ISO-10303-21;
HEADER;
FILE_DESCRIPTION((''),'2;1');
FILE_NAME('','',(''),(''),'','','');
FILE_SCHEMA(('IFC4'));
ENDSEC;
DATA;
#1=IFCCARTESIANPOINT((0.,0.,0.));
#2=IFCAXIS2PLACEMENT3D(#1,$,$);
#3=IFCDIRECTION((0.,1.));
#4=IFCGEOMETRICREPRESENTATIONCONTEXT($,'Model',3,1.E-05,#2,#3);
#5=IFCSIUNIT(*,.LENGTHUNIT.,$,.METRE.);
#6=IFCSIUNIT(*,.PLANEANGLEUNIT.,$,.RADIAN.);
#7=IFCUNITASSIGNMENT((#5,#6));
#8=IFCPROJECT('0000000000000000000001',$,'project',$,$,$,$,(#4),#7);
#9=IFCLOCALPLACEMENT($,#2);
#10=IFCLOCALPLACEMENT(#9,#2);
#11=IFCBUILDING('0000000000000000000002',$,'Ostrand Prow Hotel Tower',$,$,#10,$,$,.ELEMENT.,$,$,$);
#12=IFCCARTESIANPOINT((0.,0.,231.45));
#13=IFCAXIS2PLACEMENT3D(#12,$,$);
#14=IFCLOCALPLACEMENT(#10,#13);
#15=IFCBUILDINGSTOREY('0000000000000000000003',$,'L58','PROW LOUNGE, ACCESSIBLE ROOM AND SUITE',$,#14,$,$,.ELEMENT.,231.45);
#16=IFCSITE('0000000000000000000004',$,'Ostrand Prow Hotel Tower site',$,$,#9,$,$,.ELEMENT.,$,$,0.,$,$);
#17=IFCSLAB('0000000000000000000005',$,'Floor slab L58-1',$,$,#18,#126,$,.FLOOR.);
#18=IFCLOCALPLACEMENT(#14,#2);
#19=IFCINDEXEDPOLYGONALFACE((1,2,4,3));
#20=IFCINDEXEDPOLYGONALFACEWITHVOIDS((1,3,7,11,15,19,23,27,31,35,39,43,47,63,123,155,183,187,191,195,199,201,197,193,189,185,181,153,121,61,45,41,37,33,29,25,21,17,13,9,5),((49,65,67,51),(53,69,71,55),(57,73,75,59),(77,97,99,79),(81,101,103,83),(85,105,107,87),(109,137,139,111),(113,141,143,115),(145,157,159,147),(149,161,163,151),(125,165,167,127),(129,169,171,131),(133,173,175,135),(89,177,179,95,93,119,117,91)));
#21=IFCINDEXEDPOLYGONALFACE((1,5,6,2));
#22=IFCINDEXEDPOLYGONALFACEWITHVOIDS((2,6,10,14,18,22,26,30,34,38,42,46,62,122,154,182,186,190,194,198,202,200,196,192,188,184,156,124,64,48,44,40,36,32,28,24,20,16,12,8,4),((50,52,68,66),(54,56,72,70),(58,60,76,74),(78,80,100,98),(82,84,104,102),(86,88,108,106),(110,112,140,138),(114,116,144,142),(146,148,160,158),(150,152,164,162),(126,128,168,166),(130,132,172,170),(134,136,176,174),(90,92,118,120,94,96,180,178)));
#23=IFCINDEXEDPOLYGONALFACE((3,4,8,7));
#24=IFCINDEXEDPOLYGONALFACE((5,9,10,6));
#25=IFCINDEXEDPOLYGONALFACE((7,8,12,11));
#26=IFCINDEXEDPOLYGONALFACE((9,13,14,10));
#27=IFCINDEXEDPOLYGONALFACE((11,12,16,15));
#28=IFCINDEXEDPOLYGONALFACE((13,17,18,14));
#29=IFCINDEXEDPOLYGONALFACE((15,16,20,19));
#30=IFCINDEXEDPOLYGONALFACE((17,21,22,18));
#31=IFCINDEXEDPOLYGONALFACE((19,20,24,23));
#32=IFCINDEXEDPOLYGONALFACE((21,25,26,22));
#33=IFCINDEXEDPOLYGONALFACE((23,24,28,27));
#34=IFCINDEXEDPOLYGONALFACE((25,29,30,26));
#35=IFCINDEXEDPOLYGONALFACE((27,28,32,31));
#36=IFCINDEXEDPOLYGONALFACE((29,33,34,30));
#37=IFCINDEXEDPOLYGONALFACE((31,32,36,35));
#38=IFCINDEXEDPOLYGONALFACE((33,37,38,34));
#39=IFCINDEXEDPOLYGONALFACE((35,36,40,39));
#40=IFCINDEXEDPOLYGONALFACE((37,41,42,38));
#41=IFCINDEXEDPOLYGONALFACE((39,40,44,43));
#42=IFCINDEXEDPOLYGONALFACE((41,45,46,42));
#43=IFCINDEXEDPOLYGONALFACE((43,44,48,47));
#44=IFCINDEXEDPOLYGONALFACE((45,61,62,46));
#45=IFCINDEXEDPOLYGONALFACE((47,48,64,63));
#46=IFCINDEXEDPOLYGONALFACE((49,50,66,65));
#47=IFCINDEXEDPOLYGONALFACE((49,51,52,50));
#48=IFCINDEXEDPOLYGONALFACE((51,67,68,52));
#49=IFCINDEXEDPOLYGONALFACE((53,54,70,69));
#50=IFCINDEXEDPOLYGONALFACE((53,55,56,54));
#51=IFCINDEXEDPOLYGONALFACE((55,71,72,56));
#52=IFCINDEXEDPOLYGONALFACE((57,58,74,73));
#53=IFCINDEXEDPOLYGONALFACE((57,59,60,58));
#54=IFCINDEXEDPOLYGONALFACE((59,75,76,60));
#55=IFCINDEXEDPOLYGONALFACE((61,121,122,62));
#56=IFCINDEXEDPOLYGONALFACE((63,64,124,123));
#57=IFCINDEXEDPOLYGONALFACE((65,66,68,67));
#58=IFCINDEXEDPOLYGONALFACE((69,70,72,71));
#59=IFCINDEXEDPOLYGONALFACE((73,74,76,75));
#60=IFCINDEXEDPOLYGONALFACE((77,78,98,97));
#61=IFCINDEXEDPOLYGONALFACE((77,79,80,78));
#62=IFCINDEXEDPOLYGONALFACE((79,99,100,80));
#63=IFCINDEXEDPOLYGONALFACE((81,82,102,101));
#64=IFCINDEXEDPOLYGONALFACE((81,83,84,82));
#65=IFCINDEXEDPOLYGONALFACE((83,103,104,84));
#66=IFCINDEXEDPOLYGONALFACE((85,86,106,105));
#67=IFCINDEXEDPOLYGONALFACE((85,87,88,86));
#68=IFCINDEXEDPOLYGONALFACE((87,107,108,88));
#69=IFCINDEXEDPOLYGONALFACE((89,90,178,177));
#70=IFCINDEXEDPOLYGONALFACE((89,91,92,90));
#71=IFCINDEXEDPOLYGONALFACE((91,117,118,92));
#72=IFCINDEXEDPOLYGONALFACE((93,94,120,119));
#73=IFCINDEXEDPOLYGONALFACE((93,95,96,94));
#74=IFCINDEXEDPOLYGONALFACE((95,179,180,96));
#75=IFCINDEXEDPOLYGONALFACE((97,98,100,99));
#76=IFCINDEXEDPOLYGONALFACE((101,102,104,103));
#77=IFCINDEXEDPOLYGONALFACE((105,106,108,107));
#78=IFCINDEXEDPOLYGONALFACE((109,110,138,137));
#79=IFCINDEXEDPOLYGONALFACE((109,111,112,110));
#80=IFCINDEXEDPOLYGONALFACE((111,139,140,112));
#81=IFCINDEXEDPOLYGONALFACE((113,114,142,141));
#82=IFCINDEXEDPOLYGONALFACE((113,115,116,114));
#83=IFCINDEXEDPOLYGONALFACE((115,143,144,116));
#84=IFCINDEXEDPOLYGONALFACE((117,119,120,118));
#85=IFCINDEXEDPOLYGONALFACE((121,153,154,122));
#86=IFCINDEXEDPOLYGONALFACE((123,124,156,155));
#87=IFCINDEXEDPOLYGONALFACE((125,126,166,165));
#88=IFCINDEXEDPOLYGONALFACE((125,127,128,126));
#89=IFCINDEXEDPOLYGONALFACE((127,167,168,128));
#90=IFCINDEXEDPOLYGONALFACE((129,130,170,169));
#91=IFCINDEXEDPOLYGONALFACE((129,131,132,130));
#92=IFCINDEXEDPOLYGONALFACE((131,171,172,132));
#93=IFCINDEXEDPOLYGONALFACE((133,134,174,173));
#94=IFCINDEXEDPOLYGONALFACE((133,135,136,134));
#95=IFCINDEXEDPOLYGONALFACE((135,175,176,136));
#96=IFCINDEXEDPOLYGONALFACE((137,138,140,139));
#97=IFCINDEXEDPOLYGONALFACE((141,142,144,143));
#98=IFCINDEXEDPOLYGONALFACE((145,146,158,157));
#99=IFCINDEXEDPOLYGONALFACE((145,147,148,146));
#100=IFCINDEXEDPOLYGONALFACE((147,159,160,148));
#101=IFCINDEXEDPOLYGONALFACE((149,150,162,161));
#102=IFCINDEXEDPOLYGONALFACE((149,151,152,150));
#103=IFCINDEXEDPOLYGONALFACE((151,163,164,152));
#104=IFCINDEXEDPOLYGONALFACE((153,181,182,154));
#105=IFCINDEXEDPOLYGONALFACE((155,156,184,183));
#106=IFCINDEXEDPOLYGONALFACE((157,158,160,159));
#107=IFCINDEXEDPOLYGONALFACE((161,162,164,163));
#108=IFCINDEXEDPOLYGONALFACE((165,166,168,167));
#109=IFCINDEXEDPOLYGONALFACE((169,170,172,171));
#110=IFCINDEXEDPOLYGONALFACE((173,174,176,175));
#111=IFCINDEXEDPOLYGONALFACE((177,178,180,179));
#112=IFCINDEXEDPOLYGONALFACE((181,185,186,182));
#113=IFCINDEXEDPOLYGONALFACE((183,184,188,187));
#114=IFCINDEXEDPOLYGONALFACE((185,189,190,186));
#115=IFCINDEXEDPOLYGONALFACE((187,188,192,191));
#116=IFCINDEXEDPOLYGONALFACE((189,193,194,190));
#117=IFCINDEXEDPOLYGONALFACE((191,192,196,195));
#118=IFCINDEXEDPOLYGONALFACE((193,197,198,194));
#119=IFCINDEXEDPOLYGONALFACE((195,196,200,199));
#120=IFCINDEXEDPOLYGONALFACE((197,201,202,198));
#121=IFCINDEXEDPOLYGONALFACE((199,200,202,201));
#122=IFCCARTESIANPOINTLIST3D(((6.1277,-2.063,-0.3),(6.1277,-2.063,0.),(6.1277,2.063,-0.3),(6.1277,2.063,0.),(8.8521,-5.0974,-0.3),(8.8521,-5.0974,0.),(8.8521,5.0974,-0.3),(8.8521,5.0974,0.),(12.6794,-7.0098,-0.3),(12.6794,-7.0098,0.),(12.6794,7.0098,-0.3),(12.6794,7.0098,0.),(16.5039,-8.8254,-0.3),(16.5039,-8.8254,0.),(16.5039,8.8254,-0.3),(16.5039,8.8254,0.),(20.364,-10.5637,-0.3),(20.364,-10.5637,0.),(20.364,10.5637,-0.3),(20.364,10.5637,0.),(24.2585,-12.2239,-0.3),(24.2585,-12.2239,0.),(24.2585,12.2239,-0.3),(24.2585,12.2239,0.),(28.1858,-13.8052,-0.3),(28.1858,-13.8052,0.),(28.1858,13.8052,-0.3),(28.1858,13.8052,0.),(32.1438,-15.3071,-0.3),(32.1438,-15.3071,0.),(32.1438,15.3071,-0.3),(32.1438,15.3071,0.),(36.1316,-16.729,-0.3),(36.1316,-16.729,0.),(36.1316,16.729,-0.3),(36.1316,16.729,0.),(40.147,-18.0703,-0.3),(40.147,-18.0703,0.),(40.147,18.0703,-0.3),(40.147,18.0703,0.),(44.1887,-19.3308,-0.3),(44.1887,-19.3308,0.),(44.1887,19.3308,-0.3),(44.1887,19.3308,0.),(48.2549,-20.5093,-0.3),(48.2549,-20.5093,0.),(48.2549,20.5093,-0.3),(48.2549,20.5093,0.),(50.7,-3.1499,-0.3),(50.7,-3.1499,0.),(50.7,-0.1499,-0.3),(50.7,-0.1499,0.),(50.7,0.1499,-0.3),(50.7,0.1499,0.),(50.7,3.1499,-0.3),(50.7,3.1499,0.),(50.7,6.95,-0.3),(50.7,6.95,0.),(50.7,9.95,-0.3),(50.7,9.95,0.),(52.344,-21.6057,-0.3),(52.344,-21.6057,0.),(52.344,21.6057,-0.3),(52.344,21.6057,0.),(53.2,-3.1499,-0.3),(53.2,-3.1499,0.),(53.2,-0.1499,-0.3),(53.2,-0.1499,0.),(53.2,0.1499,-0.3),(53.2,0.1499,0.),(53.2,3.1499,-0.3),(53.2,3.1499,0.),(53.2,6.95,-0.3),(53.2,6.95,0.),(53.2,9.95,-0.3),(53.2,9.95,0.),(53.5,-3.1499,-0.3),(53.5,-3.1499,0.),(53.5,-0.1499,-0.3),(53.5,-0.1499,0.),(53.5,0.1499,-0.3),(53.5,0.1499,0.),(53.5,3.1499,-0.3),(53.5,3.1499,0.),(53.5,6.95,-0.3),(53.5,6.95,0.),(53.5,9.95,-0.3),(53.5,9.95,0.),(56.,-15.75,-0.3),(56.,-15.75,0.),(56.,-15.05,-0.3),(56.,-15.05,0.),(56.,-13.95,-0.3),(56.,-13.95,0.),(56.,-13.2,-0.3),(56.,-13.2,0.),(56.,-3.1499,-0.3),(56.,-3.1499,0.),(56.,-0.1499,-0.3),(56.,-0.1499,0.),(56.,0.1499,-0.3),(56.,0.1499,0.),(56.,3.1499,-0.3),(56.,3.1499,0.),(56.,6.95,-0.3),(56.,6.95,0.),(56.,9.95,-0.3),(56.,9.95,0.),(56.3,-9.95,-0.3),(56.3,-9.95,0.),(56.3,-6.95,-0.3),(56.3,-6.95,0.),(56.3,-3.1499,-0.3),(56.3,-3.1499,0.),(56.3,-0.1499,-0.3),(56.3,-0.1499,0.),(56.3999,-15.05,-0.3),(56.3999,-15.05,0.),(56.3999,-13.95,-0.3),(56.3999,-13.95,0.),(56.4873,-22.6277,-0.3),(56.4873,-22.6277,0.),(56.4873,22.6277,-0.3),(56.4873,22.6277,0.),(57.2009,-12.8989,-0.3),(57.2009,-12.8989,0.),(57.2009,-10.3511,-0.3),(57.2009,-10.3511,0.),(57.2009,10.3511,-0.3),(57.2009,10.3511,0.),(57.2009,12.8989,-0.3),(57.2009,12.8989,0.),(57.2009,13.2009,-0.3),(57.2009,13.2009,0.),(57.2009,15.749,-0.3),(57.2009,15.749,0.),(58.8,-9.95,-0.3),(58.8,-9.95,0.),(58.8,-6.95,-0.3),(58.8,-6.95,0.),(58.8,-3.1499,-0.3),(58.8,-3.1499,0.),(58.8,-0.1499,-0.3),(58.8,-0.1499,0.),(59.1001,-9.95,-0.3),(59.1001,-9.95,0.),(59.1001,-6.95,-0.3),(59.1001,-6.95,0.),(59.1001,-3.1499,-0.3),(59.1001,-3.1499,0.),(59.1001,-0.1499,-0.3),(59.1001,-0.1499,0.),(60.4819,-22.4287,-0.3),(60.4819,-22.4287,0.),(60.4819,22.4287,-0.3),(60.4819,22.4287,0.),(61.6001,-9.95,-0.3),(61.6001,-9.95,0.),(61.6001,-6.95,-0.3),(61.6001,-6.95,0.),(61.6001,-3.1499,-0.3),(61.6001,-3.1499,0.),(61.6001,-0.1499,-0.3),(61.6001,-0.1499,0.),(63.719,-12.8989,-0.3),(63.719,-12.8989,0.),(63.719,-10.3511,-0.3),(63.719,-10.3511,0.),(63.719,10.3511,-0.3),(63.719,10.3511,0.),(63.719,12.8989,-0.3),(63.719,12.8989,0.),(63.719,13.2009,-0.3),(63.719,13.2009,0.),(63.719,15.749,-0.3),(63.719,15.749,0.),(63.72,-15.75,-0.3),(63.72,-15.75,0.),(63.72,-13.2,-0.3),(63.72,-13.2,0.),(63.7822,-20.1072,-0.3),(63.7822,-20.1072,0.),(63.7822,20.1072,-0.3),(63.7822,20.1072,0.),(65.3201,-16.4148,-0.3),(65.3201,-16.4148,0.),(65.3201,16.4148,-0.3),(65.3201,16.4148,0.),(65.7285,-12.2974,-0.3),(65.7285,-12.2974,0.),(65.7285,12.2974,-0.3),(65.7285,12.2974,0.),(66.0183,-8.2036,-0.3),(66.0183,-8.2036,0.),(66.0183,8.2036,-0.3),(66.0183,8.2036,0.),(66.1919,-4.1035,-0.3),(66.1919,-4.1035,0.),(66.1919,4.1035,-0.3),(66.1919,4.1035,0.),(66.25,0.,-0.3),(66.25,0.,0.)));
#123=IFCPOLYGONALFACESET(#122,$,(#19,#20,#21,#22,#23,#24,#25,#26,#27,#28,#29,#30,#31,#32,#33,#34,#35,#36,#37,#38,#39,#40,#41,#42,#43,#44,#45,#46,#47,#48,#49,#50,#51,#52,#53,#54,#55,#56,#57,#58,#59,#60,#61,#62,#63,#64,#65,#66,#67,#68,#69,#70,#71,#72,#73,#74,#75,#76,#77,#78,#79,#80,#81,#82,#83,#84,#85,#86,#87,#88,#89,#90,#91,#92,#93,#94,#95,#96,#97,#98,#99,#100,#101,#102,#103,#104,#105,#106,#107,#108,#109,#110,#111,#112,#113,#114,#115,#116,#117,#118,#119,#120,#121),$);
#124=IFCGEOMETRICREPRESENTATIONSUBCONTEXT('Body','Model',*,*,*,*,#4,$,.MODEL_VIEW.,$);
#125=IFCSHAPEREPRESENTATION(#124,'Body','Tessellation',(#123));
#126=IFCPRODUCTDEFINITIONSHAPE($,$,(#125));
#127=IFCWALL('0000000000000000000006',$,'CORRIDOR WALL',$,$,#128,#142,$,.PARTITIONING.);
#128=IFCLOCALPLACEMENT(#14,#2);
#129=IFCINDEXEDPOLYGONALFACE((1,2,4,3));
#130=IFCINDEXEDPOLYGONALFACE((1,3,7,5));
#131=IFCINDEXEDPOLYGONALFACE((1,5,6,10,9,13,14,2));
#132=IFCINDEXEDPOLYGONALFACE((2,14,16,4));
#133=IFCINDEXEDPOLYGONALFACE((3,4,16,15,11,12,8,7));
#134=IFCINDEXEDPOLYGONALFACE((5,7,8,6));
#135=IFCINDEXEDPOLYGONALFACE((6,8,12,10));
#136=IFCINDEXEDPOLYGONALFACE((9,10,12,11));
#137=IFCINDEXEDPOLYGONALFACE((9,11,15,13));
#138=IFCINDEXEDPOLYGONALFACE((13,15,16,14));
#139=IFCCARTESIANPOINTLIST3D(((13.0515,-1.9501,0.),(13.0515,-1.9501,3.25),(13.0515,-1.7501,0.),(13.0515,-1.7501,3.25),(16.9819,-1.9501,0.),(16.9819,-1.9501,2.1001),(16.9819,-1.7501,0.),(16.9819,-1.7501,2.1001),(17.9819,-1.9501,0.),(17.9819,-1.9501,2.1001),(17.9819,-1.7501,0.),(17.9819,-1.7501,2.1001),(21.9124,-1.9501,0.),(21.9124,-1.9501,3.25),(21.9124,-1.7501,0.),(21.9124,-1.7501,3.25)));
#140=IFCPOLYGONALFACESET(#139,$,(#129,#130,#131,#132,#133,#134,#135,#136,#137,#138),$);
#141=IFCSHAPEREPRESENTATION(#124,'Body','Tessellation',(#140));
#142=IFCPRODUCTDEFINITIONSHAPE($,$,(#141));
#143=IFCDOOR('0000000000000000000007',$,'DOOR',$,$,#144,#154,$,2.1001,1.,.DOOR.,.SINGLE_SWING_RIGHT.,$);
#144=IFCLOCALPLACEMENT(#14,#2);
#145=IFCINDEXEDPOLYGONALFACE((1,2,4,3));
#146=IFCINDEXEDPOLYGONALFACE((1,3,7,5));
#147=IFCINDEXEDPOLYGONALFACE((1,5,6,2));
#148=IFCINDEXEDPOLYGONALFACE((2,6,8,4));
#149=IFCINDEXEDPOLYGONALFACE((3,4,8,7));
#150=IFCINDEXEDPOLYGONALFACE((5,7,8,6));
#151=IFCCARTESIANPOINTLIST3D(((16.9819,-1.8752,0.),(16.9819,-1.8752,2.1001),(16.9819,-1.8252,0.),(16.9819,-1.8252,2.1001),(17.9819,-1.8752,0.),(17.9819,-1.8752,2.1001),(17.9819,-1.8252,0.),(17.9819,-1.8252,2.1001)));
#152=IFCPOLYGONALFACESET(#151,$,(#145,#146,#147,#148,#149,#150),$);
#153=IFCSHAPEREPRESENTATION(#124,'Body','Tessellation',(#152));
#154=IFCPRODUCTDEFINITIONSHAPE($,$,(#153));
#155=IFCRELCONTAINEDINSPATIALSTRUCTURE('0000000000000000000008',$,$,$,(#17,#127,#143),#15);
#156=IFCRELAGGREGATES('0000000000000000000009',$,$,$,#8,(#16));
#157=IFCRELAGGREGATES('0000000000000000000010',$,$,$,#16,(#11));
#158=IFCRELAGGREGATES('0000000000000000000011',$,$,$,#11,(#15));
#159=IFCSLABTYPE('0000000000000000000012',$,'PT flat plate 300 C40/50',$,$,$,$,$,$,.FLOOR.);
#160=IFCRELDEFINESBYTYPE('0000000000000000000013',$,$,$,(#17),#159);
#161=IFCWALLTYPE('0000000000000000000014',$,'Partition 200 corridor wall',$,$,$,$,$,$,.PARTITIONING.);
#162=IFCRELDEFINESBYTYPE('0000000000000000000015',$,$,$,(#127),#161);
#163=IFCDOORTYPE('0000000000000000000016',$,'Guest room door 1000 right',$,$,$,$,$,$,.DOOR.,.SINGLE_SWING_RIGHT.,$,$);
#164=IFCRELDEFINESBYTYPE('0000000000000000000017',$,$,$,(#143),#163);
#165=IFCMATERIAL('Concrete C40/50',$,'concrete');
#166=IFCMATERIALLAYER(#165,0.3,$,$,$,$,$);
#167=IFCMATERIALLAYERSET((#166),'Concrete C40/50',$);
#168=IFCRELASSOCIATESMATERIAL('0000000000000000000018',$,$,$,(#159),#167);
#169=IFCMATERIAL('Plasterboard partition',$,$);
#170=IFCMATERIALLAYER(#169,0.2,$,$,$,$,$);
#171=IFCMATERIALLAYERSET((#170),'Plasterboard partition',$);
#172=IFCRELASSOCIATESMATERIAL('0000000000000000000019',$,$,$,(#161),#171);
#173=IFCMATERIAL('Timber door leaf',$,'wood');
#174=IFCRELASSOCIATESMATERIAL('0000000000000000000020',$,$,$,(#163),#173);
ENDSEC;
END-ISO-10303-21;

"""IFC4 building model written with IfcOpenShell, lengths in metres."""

from ifc_helpers import new_model, si_unit, direction, frame, frame_2d, origin, place, context, subcontext, project, spatial, polyline, rectangle, outline, extrude, material, layer, layer_set, type_object, element, fill, save


model = new_model("IFC4")

# Units and contexts
model_context = context("Model", 3, precision=1e-05, world=origin(), true_north=direction((0.0, 1.0)))
body_context = subcontext(model_context, "Body", "Model", "MODEL_VIEW")
ifc_project = project(units=[si_unit("LENGTHUNIT", "METRE"), si_unit("PLANEANGLEUNIT", "RADIAN")], contexts=[model_context])

# Site, building, storey
site_placement = place(None, origin())
site = spatial("IfcSite", under=ifc_project, at=site_placement, Name="Ostrand Prow Hotel Tower site", CompositionType="ELEMENT", RefElevation=0.0)
building_placement = place(site_placement, origin())
building = spatial("IfcBuilding", under=site, at=building_placement, Name="Ostrand Prow Hotel Tower", CompositionType="ELEMENT")
storey_placement = place(building_placement, frame((0.0, 0.0, 231.45)))
storey = spatial("IfcBuildingStorey", under=building, at=storey_placement, Name="L58", Description="PROW LOUNGE, ACCESSIBLE ROOM AND SUITE", CompositionType="ELEMENT", Elevation=231.45)

# Slab, opening
ifc_material_1 = material(Name="Concrete C40/50", Category="concrete")
ifc_layer_1 = layer(ifc_material_1, 0.3)
ifc_layer_set_1 = layer_set([ifc_layer_1], Name="Concrete C40/50")
slab_type = type_object("IfcSlabType", Name="PT flat plate 300 C40/50", PredefinedType="FLOOR", material=ifc_layer_set_1)
slab_placement = place(storey_placement, frame((0.0, 0.0, -0.3)))
slab = element("IfcSlab", 1, at=slab_placement, inside=storey, type_object=slab_type, Name="Floor slab L58-1", PredefinedType="FLOOR", context=body_context, shape_type="SweptSolid", body=[
    extrude(outline(polyline([(8.8521, 5.0974), (12.6794, 7.0098), (16.5039, 8.8254), (20.364, 10.5637), (24.2585, 12.2239), (28.1858, 13.8052), (32.1438, 15.3071), (36.1316, 16.729), (40.147, 18.0703), (44.1887, 19.3308), (48.2549, 20.5093), (52.344, 21.6057), (56.4873, 22.6277), (60.4819, 22.4287), (63.7822, 20.1072), (65.3201, 16.4148), (65.7285, 12.2974), (66.0183, 8.2036), (66.1919, 4.1035), (66.25, 0.0), (66.1919, -4.1035), (66.0183, -8.2036), (65.7285, -12.2974), (65.3201, -16.4148), (63.7822, -20.1072), (60.4819, -22.4287), (56.4873, -22.6277), (52.344, -21.6057), (48.2549, -20.5093), (44.1887, -19.3308), (40.147, -18.0703), (36.1316, -16.729), (32.1438, -15.3071), (28.1858, -13.8052), (24.2585, -12.2239), (20.364, -10.5637), (16.5039, -8.8254), (12.6794, -7.0098), (8.8521, -5.0974), (6.1277, -2.063), (6.1277, 2.063), (8.8521, 5.0974)]), holes=[polyline([(50.7, 6.95), (53.2, 6.95), (53.2, 9.95), (50.7, 9.95), (50.7, 6.95)]), polyline([(53.5, 6.95), (56.0, 6.95), (56.0, 9.95), (53.5, 9.95), (53.5, 6.95)]), polyline([(50.7, 0.1499), (53.2, 0.1499), (53.2, 3.1499), (50.7, 3.1499), (50.7, 0.1499)]), polyline([(53.5, 0.1499), (56.0, 0.1499), (56.0, 3.1499), (53.5, 3.1499), (53.5, 0.1499)]), polyline([(50.7, -3.1499), (53.2, -3.1499), (53.2, -0.1499), (50.7, -0.1499), (50.7, -3.1499)]), polyline([(53.5, -3.1499), (56.0, -3.1499), (56.0, -0.1499), (53.5, -0.1499), (53.5, -3.1499)]), polyline([(56.3, -3.1499), (58.8, -3.1499), (58.8, -0.1499), (56.3, -0.1499), (56.3, -3.1499)]), polyline([(59.1001, -3.1499), (61.6001, -3.1499), (61.6001, -0.1499), (59.1001, -0.1499), (59.1001, -3.1499)]), polyline([(56.3, -9.95), (58.8, -9.95), (58.8, -6.95), (56.3, -6.95), (56.3, -9.95)]), polyline([(59.1001, -9.95), (61.6001, -9.95), (61.6001, -6.95), (59.1001, -6.95), (59.1001, -9.95)]), polyline([(57.2009, 10.3511), (57.2009, 12.8989), (63.719, 12.8989), (63.719, 10.3511), (57.2009, 10.3511)]), polyline([(57.2009, 13.2009), (57.2009, 15.749), (63.719, 15.749), (63.719, 13.2009), (57.2009, 13.2009)]), polyline([(57.2009, -12.8989), (57.2009, -10.3511), (63.719, -10.3511), (63.719, -12.8989), (57.2009, -12.8989)]), polyline([(56.0, -13.95), (56.0, -13.2), (63.72, -13.2), (63.72, -15.75), (56.0, -15.75), (56.0, -15.05), (56.3999, -15.05), (56.3999, -13.95), (56.0, -13.95)])]), origin(), (0.0, 0.0, 1.0), 0.3),
])
opening_1_placement = place(slab_placement, origin())
element("IfcOpeningElement", 2, at=opening_1_placement, cuts=slab, PredefinedType="OPENING", context=body_context, shape_type="SweptSolid", body=[
    extrude(outline(polyline([(56.0, -13.95), (56.0, -13.2), (63.72, -13.2), (63.72, -15.75), (56.0, -15.75), (56.0, -15.05), (56.3999, -15.05), (56.3999, -13.95), (56.0, -13.95)])), origin(), (0.0, 0.0, 1.0), 0.3),
])

# Wall, opening, door
ifc_material_2 = material(Name="Plasterboard partition")
ifc_layer_2 = layer(ifc_material_2, 0.2)
ifc_layer_set_2 = layer_set([ifc_layer_2], Name="Plasterboard partition")
wall_type_1 = type_object("IfcWallType", Name="Partition 200 corridor wall", PredefinedType="PARTITIONING", material=ifc_layer_set_2)
wall_1_placement = place(storey_placement, frame((13.0515, -1.8501, 0.0), z_axis=(0.0, 0.0, 1.0), x_axis=(1.0, 0.0, 0.0)))
wall_1 = element("IfcWall", 3, at=wall_1_placement, inside=storey, type_object=wall_type_1, Name="CORRIDOR WALL", PredefinedType="PARTITIONING", context=body_context, shape_type="SweptSolid", body=[
    extrude(rectangle(XDim=8.8608, YDim=0.2, at=frame_2d((4.4304, 0.0))), origin(), (0.0, 0.0, 1.0), 3.25),
])
opening_2_placement = place(wall_1_placement, frame((3.9304, 0.0, 0.0)))
opening_2 = element("IfcOpeningElement", 4, at=opening_2_placement, cuts=wall_1, PredefinedType="OPENING", context=body_context, shape_type="SweptSolid", body=[
    extrude(rectangle(XDim=1.0, YDim=2.1001, at=frame_2d((0.5, 1.05))), frame((0.0, 0.1099, 0.0), z_axis=(0.0, -1.0, 0.0), x_axis=(1.0, 0.0, 0.0)), (0.0, 0.0, 1.0), 0.22),
])
ifc_material_3 = material(Name="Timber door leaf", Category="wood")
door_type_1 = type_object("IfcDoorType", Name="Guest room door 1000 right", OperationType="SINGLE_SWING_RIGHT", PredefinedType="DOOR", material=ifc_material_3)
door_1_placement = place(opening_2_placement, origin())
door_1 = element("IfcDoor", 5, at=door_1_placement, inside=storey, type_object=door_type_1, Name="DOOR", OperationType="SINGLE_SWING_RIGHT", OverallHeight=2.1001, OverallWidth=1.0, PredefinedType="DOOR", context=body_context, shape_type="SweptSolid", body=[
    extrude(rectangle(XDim=1.0, YDim=2.1001, at=frame_2d((0.5, 1.05))), frame((0.0, 0.0249, 0.0), z_axis=(0.0, -1.0, 0.0), x_axis=(1.0, 0.0, 0.0)), (0.0, 0.0, 1.0), 0.05),
])
fill(opening_2, door_1)

save(model, "model.ifc")
